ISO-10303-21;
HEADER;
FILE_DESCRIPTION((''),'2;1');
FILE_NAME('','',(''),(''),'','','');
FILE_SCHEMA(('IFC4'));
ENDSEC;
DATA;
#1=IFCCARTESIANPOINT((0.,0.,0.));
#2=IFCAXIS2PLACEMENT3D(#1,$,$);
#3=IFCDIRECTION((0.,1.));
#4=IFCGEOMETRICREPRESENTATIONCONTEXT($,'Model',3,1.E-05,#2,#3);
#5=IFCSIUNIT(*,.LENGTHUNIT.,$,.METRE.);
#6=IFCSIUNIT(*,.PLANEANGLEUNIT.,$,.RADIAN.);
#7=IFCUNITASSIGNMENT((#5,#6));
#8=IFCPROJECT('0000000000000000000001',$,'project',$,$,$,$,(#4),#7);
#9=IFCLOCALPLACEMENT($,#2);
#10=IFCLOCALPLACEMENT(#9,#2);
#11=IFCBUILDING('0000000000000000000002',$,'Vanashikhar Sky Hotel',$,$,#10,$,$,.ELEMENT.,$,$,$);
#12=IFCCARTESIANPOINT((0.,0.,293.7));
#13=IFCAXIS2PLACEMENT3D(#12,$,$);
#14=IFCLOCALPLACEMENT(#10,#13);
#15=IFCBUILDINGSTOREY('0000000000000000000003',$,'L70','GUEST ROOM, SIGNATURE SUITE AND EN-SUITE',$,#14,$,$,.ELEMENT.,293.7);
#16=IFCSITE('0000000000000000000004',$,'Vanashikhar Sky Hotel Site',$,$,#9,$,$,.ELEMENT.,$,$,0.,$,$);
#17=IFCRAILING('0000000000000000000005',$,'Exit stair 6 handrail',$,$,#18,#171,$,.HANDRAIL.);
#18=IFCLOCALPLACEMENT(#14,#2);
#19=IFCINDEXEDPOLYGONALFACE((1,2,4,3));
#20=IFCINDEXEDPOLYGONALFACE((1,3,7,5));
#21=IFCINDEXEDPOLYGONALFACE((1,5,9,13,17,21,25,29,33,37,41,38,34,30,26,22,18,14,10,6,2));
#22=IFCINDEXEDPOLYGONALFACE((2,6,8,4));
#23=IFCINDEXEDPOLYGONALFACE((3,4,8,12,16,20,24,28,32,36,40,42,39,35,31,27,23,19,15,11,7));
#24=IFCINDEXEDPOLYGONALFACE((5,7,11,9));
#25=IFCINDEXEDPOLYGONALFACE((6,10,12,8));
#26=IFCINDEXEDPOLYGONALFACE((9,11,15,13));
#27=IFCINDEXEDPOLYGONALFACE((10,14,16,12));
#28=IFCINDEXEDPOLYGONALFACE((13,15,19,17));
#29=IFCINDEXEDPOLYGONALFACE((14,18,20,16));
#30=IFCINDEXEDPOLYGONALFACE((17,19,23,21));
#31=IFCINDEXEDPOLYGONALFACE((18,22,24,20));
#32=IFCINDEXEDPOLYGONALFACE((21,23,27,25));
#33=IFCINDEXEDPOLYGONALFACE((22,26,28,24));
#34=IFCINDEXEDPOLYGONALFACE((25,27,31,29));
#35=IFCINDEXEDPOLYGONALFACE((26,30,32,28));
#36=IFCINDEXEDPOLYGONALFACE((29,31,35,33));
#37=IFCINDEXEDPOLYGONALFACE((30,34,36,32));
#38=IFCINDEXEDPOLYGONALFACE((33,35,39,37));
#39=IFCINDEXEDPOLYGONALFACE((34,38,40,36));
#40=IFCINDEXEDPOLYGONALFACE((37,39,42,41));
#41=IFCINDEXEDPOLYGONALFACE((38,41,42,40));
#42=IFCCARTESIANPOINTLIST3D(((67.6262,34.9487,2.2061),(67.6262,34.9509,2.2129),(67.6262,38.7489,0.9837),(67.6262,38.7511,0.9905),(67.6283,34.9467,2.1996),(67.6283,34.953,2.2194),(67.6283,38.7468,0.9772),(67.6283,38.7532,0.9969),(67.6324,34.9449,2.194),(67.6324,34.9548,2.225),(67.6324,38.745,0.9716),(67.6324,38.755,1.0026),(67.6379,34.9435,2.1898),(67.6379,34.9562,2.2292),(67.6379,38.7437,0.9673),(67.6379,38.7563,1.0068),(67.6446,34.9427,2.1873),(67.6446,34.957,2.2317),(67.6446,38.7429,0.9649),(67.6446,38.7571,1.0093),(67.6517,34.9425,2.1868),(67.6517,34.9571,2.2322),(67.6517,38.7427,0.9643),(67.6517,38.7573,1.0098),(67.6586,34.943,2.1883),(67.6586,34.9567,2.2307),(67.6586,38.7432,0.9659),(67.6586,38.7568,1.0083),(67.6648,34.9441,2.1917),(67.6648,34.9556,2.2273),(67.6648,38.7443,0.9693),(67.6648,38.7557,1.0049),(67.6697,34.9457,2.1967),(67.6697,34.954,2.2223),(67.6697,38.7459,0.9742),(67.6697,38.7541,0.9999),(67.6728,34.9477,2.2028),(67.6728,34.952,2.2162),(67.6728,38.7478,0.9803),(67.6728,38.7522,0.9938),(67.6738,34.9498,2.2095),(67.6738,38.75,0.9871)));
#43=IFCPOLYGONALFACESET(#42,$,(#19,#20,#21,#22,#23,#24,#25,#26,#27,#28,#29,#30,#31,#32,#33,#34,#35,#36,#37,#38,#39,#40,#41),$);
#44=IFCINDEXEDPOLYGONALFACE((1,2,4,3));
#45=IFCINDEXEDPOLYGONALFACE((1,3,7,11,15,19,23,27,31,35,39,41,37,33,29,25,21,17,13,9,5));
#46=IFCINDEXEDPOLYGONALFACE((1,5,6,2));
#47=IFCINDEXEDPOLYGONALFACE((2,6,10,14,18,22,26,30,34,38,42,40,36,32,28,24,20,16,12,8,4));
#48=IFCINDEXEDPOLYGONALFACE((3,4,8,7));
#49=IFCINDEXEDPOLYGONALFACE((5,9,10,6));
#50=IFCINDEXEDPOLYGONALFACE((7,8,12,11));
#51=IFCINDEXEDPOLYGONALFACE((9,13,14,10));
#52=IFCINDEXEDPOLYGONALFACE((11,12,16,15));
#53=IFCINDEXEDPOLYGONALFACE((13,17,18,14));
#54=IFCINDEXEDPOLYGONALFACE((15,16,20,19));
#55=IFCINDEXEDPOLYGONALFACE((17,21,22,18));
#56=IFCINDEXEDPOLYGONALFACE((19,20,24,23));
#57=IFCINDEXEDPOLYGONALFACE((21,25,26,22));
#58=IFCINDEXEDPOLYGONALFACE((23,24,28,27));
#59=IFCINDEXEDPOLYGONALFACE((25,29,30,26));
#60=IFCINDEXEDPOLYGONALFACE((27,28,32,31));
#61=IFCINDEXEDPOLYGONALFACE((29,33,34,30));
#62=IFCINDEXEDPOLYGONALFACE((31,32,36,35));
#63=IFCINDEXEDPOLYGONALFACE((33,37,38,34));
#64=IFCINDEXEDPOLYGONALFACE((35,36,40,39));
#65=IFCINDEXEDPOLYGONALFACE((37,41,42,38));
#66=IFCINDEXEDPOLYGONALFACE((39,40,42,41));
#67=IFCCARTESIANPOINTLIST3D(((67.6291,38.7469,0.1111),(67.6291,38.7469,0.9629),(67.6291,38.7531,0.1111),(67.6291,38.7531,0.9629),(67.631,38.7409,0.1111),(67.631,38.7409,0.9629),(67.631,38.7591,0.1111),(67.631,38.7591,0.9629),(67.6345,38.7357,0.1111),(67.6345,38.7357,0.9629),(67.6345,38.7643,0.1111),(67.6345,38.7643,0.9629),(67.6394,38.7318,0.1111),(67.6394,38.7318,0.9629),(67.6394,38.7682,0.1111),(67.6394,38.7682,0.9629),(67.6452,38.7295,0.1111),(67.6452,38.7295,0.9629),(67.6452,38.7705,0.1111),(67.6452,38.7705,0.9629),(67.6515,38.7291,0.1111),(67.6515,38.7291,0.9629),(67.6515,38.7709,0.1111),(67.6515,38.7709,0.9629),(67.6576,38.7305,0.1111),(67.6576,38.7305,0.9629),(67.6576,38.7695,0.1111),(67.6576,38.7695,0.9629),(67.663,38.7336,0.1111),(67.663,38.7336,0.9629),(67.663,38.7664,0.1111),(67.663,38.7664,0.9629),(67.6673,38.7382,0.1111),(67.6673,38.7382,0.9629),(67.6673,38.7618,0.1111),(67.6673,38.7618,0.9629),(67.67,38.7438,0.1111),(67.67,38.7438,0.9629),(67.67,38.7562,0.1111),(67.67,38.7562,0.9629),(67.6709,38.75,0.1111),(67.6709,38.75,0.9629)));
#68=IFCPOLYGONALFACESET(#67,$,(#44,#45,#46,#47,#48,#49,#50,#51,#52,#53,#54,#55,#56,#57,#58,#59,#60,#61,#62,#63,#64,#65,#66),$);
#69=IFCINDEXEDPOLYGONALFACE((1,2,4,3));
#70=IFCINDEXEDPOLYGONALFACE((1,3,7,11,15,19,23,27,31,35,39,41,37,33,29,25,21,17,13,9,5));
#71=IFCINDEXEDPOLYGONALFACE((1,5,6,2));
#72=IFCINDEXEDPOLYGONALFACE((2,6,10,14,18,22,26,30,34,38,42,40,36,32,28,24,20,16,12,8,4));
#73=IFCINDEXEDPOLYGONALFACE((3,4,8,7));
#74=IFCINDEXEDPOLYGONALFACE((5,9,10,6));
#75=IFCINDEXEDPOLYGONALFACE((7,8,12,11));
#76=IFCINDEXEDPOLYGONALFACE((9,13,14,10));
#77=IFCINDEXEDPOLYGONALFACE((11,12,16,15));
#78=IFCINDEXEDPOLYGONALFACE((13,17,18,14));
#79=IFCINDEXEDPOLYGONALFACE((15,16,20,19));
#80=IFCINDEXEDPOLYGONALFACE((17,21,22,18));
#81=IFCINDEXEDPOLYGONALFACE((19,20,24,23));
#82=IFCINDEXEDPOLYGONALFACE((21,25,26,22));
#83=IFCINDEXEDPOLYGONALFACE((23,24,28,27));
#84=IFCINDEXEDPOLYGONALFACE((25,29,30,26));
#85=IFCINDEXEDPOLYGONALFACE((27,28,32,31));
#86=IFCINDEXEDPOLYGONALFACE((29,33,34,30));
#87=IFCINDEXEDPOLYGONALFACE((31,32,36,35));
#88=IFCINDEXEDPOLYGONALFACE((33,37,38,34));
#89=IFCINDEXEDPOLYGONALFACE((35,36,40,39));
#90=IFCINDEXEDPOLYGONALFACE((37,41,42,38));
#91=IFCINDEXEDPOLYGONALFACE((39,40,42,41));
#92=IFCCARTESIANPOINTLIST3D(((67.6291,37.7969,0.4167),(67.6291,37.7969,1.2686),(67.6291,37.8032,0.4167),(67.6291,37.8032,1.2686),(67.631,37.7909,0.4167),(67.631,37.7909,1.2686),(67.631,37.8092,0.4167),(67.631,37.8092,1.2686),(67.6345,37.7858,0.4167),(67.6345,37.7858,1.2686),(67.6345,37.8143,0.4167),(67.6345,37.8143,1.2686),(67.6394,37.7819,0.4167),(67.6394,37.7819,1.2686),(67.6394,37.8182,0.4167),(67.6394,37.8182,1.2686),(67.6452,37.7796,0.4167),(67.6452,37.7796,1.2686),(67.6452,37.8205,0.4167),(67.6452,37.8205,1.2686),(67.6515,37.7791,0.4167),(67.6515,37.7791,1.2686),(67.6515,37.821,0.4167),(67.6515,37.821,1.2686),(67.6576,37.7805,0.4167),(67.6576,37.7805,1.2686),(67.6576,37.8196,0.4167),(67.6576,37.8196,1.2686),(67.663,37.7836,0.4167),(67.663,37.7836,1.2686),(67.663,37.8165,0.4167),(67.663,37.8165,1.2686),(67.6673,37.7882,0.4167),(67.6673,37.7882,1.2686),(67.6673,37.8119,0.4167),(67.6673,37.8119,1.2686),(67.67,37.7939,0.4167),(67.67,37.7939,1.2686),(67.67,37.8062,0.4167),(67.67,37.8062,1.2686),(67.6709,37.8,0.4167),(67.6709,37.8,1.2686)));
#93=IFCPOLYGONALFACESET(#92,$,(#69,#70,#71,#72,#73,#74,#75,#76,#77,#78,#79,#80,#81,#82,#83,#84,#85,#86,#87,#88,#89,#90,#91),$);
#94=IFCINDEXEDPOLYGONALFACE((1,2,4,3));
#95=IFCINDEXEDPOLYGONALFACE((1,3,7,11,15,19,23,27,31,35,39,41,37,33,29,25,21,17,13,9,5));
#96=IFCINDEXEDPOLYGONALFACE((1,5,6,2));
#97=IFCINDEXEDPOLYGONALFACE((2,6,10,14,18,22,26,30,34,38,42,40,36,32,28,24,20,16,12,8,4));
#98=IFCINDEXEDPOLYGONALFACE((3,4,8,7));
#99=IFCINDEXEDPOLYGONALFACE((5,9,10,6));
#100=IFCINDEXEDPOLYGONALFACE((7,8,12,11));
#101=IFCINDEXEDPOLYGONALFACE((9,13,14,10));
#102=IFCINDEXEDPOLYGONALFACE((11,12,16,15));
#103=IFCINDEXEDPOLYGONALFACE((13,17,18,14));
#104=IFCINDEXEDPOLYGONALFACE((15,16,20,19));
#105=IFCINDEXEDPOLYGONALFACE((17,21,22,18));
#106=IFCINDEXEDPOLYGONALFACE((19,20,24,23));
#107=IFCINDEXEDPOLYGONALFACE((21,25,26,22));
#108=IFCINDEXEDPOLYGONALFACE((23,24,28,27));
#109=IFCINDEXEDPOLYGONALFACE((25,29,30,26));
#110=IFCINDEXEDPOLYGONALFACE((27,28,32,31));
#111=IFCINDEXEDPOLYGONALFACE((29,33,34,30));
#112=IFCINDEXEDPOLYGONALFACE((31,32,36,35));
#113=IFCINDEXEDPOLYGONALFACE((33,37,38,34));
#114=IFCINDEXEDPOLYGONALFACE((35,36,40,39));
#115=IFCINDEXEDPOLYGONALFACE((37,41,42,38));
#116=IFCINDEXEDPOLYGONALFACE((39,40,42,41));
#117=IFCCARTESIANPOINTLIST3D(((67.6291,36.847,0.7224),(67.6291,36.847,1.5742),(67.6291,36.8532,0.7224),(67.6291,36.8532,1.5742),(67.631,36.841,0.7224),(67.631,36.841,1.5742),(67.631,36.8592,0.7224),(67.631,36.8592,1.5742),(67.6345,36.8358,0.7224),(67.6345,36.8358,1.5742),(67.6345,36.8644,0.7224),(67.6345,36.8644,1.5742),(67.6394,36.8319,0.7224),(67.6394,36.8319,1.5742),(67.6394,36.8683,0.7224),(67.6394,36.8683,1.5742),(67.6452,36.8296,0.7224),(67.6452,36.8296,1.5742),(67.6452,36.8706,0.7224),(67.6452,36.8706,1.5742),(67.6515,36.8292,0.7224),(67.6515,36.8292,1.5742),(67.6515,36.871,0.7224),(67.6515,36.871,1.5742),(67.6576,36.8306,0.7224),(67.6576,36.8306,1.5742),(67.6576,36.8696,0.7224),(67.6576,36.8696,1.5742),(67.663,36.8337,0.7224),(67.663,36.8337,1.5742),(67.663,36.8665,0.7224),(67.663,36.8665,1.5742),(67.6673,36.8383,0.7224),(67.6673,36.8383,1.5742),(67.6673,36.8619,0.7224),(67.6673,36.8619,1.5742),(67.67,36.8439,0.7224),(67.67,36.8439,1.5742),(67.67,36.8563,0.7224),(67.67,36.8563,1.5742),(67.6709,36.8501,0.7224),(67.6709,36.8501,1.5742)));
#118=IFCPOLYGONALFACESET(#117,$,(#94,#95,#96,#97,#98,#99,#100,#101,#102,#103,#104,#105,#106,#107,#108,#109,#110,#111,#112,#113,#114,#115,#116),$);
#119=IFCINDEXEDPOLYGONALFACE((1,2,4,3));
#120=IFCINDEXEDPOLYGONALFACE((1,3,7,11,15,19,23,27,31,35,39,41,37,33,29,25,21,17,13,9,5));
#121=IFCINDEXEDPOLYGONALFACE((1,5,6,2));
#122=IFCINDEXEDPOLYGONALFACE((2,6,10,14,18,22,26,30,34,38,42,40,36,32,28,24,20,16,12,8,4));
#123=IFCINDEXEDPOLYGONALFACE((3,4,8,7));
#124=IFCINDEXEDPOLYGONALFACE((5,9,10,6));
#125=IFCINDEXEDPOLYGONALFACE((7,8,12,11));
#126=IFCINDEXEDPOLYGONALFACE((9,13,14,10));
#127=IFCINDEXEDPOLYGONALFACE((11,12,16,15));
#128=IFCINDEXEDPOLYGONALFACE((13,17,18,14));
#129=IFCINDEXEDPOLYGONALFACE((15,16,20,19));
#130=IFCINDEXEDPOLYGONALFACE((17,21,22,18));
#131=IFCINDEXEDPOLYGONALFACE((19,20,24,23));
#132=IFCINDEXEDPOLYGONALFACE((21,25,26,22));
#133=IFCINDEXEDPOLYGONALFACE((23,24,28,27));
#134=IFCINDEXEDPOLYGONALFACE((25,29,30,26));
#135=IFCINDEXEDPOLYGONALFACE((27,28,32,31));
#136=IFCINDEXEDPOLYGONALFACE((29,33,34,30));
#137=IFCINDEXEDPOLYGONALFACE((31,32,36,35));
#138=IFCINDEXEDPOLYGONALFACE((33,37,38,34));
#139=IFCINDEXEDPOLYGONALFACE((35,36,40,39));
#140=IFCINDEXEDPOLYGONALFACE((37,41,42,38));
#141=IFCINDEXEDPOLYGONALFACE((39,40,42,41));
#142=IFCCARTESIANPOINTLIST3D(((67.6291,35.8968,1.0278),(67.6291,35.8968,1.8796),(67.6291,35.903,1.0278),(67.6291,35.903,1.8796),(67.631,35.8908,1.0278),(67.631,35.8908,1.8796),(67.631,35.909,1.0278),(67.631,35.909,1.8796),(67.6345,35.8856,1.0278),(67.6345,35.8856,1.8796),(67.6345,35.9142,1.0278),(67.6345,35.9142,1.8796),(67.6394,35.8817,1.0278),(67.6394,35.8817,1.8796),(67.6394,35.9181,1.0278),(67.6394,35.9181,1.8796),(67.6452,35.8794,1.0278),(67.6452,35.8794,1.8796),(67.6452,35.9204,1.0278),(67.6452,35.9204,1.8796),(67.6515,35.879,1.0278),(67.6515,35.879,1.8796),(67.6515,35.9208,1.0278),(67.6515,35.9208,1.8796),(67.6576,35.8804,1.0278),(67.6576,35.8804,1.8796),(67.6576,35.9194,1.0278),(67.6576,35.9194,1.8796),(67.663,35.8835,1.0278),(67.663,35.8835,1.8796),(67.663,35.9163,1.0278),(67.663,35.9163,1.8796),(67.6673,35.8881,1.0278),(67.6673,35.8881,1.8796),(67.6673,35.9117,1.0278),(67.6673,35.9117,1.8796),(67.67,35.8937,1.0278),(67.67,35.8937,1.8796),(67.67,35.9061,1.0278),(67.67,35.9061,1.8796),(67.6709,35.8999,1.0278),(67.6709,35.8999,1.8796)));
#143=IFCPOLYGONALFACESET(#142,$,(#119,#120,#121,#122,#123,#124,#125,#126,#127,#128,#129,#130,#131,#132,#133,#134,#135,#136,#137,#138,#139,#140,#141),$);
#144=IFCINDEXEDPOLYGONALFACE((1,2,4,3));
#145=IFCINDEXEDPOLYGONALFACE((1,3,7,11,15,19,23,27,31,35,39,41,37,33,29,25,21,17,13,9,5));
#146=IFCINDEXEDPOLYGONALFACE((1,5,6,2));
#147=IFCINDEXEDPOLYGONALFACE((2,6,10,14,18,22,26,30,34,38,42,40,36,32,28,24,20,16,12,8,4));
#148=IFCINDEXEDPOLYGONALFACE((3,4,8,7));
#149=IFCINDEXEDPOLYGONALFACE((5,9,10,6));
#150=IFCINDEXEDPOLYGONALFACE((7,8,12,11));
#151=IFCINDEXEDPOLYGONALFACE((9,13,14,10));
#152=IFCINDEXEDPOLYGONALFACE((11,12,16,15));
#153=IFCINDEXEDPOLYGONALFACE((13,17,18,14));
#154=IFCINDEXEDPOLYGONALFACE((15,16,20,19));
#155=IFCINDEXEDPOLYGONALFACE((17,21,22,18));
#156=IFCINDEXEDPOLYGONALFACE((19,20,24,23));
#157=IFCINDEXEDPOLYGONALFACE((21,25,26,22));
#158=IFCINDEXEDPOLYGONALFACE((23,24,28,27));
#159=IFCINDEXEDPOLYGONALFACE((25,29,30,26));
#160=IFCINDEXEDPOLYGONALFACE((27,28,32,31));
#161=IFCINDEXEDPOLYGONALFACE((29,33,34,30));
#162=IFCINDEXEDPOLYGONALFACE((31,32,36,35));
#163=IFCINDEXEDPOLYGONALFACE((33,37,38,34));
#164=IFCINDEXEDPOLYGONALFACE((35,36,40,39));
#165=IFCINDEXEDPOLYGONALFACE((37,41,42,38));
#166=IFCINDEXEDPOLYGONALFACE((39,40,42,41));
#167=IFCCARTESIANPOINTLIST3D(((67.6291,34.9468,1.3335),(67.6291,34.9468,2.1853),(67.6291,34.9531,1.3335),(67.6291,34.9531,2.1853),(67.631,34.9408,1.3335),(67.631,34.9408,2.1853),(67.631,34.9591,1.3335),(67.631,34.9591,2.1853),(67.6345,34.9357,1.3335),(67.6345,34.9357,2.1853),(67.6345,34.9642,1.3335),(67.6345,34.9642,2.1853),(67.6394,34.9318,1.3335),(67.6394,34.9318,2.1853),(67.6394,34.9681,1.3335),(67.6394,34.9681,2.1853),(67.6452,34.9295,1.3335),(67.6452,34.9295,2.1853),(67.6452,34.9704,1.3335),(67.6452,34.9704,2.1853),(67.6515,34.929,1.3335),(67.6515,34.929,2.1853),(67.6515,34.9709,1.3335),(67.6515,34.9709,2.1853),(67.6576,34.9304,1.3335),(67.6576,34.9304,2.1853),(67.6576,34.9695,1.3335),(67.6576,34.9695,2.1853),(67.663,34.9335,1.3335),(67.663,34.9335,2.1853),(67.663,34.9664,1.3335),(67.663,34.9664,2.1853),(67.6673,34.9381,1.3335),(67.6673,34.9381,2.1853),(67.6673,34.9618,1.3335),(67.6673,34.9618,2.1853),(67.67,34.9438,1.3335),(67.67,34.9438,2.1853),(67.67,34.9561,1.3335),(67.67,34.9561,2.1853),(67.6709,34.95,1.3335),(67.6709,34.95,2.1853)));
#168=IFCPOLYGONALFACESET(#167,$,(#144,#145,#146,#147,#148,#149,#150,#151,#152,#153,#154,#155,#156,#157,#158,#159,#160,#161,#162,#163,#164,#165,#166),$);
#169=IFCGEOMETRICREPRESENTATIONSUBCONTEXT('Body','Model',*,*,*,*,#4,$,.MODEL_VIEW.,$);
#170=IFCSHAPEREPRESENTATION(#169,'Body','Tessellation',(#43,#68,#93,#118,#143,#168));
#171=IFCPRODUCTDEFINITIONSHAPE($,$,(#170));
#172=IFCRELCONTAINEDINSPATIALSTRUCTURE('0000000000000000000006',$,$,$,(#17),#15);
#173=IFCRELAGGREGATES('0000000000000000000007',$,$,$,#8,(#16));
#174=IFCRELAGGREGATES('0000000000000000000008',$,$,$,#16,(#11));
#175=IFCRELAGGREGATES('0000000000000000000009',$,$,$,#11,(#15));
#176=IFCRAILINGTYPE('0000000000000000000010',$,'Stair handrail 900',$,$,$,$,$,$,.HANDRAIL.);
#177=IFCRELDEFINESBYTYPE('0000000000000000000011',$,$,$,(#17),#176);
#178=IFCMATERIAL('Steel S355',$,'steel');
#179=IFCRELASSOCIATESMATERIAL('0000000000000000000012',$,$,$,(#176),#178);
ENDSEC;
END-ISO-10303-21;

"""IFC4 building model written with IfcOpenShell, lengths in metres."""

from ifc_helpers import new_model, si_unit, direction, frame, origin, origin_2d, place, context, subcontext, project, spatial, circle, extrude, source, transform, mapped, material, type_object, element, save


model = new_model("IFC4")

# Units and contexts
model_context = context("Model", 3, precision=1e-05, world=origin(), true_north=direction((0.0, 1.0)))
body_context = subcontext(model_context, "Body", "Model", "MODEL_VIEW")
ifc_project = project(units=[si_unit("LENGTHUNIT", "METRE"), si_unit("PLANEANGLEUNIT", "RADIAN")], contexts=[model_context])

# Site, building, storey
site_placement = place(None, origin())
site = spatial("IfcSite", under=ifc_project, at=site_placement, Name="Vanashikhar Sky Hotel Site", CompositionType="ELEMENT", RefElevation=0.0)
building_placement = place(site_placement, origin())
building = spatial("IfcBuilding", under=site, at=building_placement, Name="Vanashikhar Sky Hotel", CompositionType="ELEMENT")
storey_placement = place(building_placement, frame((0.0, 0.0, 293.7)))
storey = spatial("IfcBuildingStorey", under=building, at=storey_placement, Name="L70", Description="GUEST ROOM, SIGNATURE SUITE AND EN-SUITE", CompositionType="ELEMENT", Elevation=293.7)

# Railing
ifc_material_1 = material(Name="Steel S355", Category="steel")
railing_type = type_object("IfcRailingType", Name="Stair handrail 900", PredefinedType="HANDRAIL", material=ifc_material_1)
shared_shape_1 = source(origin(), body_context, "Body", "SweptSolid", [
    extrude(circle(Radius=0.0239, at=origin_2d()), frame((0.0, 0.0, 0.876), z_axis=(0.0, -0.951958, 0.306229), x_axis=(1.0, 0.0, 0.0)), (0.0, 0.0, 1.0), 3.9919),
    extrude(circle(Radius=0.021, at=origin_2d()), origin(), (0.0, 0.0, 1.0), 0.8518),
    extrude(circle(Radius=0.021, at=origin_2d()), frame((0.0, -0.95, 0.3057)), (0.0, 0.0, 1.0), 0.8518),
    extrude(circle(Radius=0.021, at=origin_2d()), frame((0.0, -1.8999, 0.6113)), (0.0, 0.0, 1.0), 0.8518),
    extrude(circle(Radius=0.021, at=origin_2d()), frame((0.0, -2.8501, 0.9167)), (0.0, 0.0, 1.0), 0.8518),
    extrude(circle(Radius=0.021, at=origin_2d()), frame((0.0, -3.8, 1.2224)), (0.0, 0.0, 1.0), 0.8518),
])
for number, where, name in (
    (1, (67.6499, 38.75, 0.1111), "Exit stair 6 handrail"),
):
    element("IfcRailing", number, at=place(storey_placement, frame(where)), inside=storey, type_object=railing_type, Name=name, PredefinedType="HANDRAIL", context=body_context, shape_type="MappedRepresentation", body=[
        mapped(shared_shape_1, transform((0.0, 0.0, 0.0), scale=1.0)),
    ])

save(model, "model.ifc")
